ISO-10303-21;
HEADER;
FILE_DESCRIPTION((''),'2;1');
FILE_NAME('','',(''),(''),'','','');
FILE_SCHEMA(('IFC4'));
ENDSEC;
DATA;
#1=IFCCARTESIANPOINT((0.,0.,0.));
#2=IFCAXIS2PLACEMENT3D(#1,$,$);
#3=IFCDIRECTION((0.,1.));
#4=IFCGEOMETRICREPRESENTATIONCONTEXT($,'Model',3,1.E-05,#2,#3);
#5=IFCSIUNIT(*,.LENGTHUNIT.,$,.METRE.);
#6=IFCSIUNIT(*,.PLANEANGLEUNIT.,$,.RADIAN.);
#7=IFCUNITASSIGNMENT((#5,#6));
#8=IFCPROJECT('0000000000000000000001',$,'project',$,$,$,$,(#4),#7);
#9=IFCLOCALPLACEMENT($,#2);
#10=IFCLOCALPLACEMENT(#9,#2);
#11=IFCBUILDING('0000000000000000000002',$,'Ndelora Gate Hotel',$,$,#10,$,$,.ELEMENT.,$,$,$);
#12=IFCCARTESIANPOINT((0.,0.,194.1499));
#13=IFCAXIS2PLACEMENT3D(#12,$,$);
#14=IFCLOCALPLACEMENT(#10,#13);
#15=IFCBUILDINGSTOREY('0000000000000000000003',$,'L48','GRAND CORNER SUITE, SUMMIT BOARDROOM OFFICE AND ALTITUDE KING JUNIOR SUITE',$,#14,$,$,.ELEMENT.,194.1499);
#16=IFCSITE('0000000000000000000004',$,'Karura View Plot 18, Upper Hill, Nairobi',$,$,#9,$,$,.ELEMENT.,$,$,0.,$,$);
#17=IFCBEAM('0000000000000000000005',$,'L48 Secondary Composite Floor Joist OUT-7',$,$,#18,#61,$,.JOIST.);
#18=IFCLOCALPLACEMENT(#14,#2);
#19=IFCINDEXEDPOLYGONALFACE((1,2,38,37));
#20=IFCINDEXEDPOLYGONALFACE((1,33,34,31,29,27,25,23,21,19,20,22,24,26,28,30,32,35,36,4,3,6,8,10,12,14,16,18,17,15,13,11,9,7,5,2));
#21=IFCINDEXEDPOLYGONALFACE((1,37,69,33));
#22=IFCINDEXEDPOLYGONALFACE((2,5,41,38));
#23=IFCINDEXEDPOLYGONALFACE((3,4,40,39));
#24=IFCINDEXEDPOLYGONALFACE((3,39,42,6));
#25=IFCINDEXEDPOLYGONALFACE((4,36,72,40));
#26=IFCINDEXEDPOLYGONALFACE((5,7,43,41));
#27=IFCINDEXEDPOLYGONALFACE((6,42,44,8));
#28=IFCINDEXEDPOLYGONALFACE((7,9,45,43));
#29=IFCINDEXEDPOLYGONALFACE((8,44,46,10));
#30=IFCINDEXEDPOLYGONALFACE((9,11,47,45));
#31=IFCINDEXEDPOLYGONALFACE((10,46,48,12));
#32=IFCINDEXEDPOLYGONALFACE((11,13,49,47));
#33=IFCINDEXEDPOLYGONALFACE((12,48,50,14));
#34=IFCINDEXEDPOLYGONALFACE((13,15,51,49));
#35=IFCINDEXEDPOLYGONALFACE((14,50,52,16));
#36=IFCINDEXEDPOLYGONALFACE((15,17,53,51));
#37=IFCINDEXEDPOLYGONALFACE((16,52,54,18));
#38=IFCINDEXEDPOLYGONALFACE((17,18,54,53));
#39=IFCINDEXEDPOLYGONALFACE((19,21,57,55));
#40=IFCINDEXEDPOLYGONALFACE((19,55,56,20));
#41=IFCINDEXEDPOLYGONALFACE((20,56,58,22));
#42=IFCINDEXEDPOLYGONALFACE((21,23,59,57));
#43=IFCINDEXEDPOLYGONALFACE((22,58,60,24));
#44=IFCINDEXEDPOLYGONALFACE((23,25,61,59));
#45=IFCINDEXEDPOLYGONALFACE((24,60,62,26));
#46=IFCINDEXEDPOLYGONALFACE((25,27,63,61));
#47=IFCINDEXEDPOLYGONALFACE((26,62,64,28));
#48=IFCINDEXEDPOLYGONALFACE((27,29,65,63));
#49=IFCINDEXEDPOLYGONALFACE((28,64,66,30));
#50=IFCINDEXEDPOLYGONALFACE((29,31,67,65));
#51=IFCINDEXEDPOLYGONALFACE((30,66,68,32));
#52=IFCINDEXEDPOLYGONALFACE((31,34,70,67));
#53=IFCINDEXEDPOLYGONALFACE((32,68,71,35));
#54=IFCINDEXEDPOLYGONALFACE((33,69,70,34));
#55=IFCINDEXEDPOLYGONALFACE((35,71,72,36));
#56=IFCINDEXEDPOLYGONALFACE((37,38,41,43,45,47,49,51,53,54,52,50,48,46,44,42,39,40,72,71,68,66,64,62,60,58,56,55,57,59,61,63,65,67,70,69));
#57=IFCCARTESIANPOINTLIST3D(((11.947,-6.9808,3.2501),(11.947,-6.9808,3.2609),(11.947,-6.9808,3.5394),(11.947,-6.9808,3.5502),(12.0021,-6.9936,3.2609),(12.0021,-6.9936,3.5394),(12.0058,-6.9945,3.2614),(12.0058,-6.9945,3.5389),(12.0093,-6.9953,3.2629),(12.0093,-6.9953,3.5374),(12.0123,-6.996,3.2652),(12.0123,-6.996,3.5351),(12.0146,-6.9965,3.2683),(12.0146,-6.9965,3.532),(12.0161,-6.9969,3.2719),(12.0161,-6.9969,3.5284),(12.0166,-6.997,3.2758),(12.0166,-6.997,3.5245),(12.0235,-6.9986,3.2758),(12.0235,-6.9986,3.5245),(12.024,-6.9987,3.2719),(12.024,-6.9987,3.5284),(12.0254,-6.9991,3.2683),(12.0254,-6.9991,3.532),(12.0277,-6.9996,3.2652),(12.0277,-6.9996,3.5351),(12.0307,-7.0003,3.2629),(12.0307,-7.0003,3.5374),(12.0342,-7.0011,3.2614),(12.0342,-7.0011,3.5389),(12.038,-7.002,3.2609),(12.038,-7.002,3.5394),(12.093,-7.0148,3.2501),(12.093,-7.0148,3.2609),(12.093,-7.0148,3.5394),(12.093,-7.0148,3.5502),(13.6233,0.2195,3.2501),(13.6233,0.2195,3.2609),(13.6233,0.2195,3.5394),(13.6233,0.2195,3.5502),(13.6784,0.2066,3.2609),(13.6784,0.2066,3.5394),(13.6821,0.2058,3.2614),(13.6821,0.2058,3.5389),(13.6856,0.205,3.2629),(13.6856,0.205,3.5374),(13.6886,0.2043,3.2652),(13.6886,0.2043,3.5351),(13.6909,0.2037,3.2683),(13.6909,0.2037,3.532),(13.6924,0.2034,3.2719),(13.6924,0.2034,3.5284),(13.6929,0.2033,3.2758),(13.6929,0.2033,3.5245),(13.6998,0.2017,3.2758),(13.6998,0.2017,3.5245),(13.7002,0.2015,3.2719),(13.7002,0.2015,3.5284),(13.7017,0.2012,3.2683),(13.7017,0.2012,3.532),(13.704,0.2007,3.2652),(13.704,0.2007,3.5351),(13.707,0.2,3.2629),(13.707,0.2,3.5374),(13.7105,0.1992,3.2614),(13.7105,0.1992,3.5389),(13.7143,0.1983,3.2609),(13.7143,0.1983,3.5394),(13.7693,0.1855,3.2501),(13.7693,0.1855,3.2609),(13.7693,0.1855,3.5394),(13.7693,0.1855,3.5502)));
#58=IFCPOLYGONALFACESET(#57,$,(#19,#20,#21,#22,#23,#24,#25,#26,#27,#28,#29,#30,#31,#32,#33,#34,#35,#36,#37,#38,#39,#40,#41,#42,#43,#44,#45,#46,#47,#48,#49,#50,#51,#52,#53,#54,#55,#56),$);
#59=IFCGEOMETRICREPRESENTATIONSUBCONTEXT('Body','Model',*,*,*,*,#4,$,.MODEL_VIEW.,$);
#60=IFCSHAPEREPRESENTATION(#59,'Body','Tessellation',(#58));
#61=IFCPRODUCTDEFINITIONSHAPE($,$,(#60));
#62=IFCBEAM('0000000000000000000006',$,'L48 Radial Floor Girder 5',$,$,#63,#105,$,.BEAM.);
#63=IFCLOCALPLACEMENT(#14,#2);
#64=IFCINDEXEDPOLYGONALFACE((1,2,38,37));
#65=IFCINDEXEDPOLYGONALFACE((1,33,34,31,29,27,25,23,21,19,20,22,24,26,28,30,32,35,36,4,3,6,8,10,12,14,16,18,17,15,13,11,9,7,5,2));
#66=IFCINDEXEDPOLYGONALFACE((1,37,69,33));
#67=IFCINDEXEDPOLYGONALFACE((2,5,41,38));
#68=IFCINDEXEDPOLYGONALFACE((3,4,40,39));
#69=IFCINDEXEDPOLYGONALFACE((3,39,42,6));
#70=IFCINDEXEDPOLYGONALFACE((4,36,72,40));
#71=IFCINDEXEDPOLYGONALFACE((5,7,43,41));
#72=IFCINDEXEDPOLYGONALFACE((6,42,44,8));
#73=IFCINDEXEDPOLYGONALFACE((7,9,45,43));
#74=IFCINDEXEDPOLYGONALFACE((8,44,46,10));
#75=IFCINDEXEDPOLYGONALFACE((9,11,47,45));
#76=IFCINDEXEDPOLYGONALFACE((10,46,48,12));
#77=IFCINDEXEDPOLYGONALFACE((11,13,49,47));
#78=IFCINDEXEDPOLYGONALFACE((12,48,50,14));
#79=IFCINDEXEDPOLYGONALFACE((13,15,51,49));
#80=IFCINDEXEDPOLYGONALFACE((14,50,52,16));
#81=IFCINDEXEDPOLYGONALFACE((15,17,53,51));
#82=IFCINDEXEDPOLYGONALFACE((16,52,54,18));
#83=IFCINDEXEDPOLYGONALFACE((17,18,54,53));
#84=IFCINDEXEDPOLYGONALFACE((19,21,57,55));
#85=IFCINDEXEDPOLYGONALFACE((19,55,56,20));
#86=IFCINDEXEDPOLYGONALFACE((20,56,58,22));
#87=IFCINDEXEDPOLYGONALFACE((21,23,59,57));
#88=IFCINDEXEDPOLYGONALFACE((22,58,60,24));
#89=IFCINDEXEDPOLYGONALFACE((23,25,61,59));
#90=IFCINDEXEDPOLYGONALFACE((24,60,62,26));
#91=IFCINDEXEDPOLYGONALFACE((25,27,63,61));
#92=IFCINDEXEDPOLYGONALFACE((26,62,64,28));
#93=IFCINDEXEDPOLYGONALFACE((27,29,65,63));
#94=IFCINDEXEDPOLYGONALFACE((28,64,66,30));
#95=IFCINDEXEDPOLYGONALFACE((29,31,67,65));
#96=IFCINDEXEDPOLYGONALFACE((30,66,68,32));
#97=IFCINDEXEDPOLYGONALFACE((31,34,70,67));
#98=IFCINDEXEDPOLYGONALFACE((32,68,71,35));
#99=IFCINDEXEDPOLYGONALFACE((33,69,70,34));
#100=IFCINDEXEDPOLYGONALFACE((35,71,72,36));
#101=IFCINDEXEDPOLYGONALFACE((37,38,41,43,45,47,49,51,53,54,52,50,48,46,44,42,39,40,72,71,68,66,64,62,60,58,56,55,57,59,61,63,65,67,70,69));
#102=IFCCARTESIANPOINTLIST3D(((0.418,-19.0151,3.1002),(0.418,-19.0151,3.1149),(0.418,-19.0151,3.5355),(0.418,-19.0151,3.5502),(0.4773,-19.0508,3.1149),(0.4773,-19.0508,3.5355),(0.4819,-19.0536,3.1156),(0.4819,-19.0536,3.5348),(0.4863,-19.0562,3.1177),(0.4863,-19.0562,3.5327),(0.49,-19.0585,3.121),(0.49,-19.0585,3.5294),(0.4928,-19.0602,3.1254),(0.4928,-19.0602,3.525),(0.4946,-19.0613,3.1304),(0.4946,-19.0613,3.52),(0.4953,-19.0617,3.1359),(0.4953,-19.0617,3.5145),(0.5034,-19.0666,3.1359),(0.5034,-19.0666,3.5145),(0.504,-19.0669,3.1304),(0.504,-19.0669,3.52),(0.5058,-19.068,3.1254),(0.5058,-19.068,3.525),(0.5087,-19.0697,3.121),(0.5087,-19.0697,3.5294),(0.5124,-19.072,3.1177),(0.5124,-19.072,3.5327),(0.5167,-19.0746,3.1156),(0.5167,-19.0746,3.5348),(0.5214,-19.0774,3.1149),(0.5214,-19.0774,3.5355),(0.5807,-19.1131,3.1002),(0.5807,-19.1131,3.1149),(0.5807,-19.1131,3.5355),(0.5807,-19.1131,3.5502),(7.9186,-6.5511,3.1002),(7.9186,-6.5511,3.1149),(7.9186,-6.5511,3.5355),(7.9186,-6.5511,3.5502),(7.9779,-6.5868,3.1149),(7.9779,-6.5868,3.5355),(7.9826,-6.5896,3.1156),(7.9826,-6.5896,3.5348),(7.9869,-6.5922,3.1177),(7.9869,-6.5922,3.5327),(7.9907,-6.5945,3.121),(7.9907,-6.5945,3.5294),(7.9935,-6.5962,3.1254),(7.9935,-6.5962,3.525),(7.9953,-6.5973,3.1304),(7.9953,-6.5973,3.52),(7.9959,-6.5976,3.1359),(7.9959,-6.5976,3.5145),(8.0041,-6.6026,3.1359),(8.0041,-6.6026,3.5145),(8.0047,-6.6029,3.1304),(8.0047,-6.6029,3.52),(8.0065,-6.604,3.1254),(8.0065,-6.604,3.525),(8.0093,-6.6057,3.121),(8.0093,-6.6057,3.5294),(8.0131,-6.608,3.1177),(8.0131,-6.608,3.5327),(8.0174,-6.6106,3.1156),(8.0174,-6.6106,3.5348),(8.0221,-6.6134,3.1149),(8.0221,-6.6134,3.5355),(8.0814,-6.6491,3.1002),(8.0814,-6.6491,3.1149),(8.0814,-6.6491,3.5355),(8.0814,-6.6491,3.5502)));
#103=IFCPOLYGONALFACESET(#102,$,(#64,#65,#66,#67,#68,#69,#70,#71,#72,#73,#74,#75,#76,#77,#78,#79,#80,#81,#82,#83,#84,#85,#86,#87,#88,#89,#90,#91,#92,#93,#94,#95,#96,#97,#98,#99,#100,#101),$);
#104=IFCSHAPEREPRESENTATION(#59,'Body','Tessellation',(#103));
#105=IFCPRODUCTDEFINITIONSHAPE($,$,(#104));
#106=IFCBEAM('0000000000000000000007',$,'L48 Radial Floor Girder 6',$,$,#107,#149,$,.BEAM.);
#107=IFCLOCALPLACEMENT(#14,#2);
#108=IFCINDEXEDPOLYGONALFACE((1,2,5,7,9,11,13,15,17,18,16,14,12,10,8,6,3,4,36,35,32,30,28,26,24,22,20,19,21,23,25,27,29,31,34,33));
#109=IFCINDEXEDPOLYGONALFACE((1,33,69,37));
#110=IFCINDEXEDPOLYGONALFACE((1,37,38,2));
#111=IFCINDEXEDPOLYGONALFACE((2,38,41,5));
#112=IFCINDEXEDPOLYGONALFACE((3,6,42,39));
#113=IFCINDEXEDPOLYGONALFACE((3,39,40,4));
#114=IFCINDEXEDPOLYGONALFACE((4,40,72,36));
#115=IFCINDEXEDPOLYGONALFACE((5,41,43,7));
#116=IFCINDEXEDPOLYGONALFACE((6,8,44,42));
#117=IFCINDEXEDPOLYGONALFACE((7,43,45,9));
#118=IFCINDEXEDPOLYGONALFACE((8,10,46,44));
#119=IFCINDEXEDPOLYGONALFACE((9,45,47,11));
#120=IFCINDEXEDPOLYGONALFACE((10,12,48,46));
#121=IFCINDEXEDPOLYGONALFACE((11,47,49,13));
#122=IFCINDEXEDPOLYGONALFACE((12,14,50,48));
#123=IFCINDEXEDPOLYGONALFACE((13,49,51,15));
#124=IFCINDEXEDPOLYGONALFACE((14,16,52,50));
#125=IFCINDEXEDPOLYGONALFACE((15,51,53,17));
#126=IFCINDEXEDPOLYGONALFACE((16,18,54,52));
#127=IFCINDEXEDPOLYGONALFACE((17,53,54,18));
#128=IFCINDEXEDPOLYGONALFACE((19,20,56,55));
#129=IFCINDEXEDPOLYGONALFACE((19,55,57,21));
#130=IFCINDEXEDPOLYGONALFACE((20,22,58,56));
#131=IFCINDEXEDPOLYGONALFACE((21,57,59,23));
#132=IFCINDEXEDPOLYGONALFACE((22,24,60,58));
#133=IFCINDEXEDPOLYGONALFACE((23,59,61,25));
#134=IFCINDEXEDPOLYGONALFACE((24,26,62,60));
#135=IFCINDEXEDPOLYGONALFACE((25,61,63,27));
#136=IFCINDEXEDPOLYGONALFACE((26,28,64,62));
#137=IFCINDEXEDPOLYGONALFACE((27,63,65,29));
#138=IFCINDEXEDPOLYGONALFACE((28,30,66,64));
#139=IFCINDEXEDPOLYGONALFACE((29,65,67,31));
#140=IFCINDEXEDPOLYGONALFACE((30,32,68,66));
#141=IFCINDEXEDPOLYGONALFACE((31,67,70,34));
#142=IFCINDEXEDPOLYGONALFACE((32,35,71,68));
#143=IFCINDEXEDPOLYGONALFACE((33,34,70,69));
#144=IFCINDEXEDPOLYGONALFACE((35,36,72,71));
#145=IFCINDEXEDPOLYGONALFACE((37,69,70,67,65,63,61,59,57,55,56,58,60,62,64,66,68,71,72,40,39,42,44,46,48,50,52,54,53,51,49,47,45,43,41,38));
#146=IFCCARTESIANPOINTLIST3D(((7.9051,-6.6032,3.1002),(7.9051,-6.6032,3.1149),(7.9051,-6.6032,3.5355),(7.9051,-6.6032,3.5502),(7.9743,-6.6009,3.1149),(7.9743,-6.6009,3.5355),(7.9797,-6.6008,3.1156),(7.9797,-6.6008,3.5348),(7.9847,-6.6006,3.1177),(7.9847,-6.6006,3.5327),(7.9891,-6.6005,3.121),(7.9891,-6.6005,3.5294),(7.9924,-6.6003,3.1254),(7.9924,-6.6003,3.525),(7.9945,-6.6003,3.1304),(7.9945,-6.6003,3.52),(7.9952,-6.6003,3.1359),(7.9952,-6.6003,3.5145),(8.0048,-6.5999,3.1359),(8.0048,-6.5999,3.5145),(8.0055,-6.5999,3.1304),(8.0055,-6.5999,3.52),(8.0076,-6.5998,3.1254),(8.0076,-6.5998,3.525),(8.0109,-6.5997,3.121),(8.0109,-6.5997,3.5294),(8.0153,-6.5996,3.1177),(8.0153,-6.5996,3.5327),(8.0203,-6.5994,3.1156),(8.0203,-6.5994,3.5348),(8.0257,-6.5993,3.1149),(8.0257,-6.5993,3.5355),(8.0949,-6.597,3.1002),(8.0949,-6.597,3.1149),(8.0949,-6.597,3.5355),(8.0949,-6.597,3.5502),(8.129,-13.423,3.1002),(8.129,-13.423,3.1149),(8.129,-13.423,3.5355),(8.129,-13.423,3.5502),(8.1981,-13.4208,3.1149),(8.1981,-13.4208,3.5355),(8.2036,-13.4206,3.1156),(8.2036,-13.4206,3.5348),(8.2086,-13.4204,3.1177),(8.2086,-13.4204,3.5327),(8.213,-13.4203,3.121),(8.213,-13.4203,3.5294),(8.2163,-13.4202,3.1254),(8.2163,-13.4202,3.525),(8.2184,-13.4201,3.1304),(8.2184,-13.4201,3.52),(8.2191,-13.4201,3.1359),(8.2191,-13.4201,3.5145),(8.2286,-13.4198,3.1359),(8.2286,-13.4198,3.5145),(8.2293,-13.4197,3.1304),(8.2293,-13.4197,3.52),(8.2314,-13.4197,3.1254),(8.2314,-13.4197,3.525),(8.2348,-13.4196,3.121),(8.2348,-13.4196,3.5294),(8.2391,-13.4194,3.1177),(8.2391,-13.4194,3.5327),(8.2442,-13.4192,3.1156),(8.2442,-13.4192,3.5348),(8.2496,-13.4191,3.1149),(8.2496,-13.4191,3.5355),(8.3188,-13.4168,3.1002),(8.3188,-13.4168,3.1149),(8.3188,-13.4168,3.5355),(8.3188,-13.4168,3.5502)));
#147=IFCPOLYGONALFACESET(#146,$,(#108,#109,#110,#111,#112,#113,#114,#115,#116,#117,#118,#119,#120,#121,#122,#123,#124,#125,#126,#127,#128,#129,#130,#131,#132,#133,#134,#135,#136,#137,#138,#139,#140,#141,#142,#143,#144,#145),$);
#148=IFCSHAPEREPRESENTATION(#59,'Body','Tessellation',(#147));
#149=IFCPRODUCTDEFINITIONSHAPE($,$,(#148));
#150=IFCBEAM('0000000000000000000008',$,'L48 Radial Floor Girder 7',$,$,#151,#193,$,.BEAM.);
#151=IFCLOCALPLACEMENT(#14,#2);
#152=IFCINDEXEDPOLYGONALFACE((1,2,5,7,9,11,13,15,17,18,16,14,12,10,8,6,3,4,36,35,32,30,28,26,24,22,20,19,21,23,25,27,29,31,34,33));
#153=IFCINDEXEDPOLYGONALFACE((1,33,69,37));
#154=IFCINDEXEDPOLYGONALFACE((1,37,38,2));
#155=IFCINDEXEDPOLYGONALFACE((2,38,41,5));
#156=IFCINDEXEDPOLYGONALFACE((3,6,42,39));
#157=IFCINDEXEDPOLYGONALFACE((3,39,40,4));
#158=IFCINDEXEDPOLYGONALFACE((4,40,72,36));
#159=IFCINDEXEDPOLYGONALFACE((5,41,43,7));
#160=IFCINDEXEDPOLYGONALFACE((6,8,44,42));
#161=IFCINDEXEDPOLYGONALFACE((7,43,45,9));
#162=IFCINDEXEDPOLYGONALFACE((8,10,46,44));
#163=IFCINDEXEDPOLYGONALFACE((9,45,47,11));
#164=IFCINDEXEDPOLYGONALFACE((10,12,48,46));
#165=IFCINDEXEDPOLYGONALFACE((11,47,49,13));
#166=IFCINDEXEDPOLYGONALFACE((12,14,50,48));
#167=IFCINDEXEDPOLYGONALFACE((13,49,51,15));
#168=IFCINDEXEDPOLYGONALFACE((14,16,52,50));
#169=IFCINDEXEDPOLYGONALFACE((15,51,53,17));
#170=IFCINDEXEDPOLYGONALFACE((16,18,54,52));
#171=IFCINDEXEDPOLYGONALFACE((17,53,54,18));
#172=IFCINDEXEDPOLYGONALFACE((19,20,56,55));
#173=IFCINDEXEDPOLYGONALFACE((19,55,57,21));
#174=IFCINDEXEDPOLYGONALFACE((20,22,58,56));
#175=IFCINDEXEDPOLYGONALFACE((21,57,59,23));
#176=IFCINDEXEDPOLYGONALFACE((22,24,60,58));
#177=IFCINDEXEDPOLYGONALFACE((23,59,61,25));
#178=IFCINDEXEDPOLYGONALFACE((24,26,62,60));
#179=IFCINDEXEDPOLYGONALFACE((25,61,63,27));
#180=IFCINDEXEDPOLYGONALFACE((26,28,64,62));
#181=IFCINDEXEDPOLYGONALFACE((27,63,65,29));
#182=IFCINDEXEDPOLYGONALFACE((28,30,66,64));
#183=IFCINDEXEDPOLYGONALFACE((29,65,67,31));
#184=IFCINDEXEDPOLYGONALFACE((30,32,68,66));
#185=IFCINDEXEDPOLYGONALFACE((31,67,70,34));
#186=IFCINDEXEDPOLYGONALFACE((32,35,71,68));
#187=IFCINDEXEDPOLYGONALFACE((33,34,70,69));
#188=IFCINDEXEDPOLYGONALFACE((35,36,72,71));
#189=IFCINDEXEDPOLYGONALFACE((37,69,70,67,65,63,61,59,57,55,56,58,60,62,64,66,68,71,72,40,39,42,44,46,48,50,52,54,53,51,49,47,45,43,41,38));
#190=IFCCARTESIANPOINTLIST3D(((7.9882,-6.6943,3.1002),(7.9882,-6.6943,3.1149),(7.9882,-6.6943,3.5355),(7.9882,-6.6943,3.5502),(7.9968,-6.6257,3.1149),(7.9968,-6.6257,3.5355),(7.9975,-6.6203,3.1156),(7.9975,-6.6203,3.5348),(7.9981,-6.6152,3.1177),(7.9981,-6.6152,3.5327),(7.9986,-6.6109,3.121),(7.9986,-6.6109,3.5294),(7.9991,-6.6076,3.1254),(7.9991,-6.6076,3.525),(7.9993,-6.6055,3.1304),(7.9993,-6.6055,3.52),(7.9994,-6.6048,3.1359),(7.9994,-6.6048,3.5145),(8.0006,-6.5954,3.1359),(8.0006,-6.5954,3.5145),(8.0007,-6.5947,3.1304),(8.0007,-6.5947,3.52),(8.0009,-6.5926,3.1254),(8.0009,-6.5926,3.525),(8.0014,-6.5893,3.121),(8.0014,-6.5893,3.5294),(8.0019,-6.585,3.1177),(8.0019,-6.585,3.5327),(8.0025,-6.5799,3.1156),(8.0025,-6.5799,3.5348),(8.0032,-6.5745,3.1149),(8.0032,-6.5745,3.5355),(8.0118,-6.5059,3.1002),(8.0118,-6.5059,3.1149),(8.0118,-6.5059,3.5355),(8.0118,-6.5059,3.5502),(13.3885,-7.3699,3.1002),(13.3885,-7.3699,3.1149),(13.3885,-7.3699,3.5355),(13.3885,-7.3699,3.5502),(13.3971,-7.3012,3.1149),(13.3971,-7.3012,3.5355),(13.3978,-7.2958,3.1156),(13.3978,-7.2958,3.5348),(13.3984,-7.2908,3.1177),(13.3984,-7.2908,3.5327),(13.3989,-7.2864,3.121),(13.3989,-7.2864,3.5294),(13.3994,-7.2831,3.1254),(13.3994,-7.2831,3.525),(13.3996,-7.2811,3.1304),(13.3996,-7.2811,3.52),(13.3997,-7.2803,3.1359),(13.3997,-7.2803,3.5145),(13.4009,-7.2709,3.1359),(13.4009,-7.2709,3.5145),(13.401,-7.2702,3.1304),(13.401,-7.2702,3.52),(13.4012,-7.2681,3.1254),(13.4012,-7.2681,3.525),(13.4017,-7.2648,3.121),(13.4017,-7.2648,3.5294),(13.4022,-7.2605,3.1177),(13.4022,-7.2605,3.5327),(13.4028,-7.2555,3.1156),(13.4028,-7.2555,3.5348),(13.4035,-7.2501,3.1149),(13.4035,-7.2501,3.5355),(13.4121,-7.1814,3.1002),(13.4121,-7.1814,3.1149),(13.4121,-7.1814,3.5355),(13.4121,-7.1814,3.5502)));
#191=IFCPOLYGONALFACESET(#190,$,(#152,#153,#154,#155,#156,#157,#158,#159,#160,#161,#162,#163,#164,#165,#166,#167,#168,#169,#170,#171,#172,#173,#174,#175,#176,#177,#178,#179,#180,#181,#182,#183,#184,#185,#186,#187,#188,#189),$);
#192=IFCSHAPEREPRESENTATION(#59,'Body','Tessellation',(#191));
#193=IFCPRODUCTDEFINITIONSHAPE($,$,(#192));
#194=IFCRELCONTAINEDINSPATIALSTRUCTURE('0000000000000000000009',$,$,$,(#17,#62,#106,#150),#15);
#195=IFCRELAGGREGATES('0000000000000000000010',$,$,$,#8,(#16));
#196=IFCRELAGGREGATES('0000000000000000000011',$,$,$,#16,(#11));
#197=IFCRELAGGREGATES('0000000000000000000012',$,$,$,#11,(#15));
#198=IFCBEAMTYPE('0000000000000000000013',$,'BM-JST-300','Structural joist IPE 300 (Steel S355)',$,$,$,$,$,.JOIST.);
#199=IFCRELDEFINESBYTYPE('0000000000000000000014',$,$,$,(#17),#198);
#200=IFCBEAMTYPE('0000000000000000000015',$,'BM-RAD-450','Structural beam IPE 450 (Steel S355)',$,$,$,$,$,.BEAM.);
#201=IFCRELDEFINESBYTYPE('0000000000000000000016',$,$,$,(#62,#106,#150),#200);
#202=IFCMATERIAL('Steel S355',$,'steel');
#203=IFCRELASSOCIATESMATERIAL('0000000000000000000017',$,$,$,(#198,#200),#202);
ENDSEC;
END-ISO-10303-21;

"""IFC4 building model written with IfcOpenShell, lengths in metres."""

from ifc_helpers import new_model, si_unit, direction, frame, origin, origin_2d, place, context, subcontext, project, spatial, i_section, extrude, material, material_profile, profile_set, type_object, element, save


model = new_model("IFC4")

# Units and contexts
model_context = context("Model", 3, precision=1e-05, world=origin(), true_north=direction((0.0, 1.0)))
body_context = subcontext(model_context, "Body", "Model", "MODEL_VIEW")
ifc_project = project(units=[si_unit("LENGTHUNIT", "METRE"), si_unit("PLANEANGLEUNIT", "RADIAN")], contexts=[model_context])

# Site, building, storey
site_placement = place(None, origin())
site = spatial("IfcSite", under=ifc_project, at=site_placement, Name="Karura View Plot 18, Upper Hill, Nairobi", CompositionType="ELEMENT", RefElevation=0.0)
building_placement = place(site_placement, origin())
building = spatial("IfcBuilding", under=site, at=building_placement, Name="Ndelora Gate Hotel", CompositionType="ELEMENT")
storey_placement = place(building_placement, frame((0.0, 0.0, 194.1499)))
storey = spatial("IfcBuildingStorey", under=building, at=storey_placement, Name="L48", Description="GRAND CORNER SUITE, SUMMIT BOARDROOM OFFICE AND ALTITUDE KING JUNIOR SUITE", CompositionType="ELEMENT", Elevation=194.1499)

# Beams
ifc_material_1 = material(Name="Steel S355", Category="steel")
ifc_material_profile_1 = material_profile(ifc_material_1, i_section(OverallWidth=0.1499, OverallDepth=0.3, WebThickness=0.0071, FlangeThickness=0.0107, FilletRadius=0.0149, at=origin_2d()), Name="IPE 300")
ifc_profile_set_1 = profile_set([ifc_material_profile_1], Name="Steel S355")
beam_type_1 = type_object("IfcBeamType", Name="BM-JST-300", Description="Structural joist IPE 300 (Steel S355)", PredefinedType="JOIST", material=ifc_profile_set_1)
beam_1_placement = place(storey_placement, frame((12.02, -6.9978, 3.4001), z_axis=(0.226745, 0.973954, 0.0), x_axis=(-0.973954, 0.226745, 0.0)))
element("IfcBeam", 1, at=beam_1_placement, inside=storey, type_object=beam_type_1, Name="L48 Secondary Composite Floor Joist OUT-7", PredefinedType="JOIST", context=body_context, shape_type="SweptSolid", body=[
    extrude(i_section(OverallWidth=0.1499, OverallDepth=0.3, WebThickness=0.0071, FlangeThickness=0.0107, FilletRadius=0.0149, at=origin_2d()), origin(), (0.0, 0.0, 1.0), 7.3928),
])
ifc_material_profile_2 = material_profile(ifc_material_1, i_section(OverallWidth=0.1899, OverallDepth=0.45, WebThickness=0.0095, FlangeThickness=0.0146, FilletRadius=0.021, at=origin_2d()), Name="IPE 450")
ifc_profile_set_2 = profile_set([ifc_material_profile_2], Name="Steel S355")
beam_type_2 = type_object("IfcBeamType", Name="BM-RAD-450", Description="Structural beam IPE 450 (Steel S355)", PredefinedType="BEAM", material=ifc_profile_set_2)
beam_2_placement = place(storey_placement, frame((8.0, -6.6001, 3.3252), z_axis=(-0.515621, -0.856817, 0.0), x_axis=(0.856817, -0.515621, 0.0)))
element("IfcBeam", 2, at=beam_2_placement, inside=storey, type_object=beam_type_2, Name="L48 Radial Floor Girder 5", PredefinedType="BEAM", context=body_context, shape_type="SweptSolid", body=[
    extrude(i_section(OverallWidth=0.1899, OverallDepth=0.45, WebThickness=0.0095, FlangeThickness=0.0146, FilletRadius=0.021, at=origin_2d()), origin(), (0.0, 0.0, 1.0), 14.5469),
])
beam_3_placement = place(storey_placement, frame((8.0, -6.6001, 3.3252), z_axis=(0.03281, -0.999462, 0.0), x_axis=(0.999462, 0.03281, 0.0)))
element("IfcBeam", 3, at=beam_3_placement, inside=storey, type_object=beam_type_2, Name="L48 Radial Floor Girder 6", PredefinedType="BEAM", context=body_context, shape_type="SweptSolid", body=[
    extrude(i_section(OverallWidth=0.1899, OverallDepth=0.45, WebThickness=0.0095, FlangeThickness=0.0146, FilletRadius=0.021, at=origin_2d()), origin(), (0.0, 0.0, 1.0), 6.8235),
])
beam_4_placement = place(storey_placement, frame((8.0, -6.6001, 3.3252), z_axis=(0.992267, -0.124123, 0.0), x_axis=(0.124123, 0.992267, 0.0)))
element("IfcBeam", 4, at=beam_4_placement, inside=storey, type_object=beam_type_2, Name="L48 Radial Floor Girder 7", PredefinedType="BEAM", context=body_context, shape_type="SweptSolid", body=[
    extrude(i_section(OverallWidth=0.1899, OverallDepth=0.45, WebThickness=0.0095, FlangeThickness=0.0146, FilletRadius=0.021, at=origin_2d()), origin(), (0.0, 0.0, 1.0), 5.4424),
])

save(model, "model.ifc")
